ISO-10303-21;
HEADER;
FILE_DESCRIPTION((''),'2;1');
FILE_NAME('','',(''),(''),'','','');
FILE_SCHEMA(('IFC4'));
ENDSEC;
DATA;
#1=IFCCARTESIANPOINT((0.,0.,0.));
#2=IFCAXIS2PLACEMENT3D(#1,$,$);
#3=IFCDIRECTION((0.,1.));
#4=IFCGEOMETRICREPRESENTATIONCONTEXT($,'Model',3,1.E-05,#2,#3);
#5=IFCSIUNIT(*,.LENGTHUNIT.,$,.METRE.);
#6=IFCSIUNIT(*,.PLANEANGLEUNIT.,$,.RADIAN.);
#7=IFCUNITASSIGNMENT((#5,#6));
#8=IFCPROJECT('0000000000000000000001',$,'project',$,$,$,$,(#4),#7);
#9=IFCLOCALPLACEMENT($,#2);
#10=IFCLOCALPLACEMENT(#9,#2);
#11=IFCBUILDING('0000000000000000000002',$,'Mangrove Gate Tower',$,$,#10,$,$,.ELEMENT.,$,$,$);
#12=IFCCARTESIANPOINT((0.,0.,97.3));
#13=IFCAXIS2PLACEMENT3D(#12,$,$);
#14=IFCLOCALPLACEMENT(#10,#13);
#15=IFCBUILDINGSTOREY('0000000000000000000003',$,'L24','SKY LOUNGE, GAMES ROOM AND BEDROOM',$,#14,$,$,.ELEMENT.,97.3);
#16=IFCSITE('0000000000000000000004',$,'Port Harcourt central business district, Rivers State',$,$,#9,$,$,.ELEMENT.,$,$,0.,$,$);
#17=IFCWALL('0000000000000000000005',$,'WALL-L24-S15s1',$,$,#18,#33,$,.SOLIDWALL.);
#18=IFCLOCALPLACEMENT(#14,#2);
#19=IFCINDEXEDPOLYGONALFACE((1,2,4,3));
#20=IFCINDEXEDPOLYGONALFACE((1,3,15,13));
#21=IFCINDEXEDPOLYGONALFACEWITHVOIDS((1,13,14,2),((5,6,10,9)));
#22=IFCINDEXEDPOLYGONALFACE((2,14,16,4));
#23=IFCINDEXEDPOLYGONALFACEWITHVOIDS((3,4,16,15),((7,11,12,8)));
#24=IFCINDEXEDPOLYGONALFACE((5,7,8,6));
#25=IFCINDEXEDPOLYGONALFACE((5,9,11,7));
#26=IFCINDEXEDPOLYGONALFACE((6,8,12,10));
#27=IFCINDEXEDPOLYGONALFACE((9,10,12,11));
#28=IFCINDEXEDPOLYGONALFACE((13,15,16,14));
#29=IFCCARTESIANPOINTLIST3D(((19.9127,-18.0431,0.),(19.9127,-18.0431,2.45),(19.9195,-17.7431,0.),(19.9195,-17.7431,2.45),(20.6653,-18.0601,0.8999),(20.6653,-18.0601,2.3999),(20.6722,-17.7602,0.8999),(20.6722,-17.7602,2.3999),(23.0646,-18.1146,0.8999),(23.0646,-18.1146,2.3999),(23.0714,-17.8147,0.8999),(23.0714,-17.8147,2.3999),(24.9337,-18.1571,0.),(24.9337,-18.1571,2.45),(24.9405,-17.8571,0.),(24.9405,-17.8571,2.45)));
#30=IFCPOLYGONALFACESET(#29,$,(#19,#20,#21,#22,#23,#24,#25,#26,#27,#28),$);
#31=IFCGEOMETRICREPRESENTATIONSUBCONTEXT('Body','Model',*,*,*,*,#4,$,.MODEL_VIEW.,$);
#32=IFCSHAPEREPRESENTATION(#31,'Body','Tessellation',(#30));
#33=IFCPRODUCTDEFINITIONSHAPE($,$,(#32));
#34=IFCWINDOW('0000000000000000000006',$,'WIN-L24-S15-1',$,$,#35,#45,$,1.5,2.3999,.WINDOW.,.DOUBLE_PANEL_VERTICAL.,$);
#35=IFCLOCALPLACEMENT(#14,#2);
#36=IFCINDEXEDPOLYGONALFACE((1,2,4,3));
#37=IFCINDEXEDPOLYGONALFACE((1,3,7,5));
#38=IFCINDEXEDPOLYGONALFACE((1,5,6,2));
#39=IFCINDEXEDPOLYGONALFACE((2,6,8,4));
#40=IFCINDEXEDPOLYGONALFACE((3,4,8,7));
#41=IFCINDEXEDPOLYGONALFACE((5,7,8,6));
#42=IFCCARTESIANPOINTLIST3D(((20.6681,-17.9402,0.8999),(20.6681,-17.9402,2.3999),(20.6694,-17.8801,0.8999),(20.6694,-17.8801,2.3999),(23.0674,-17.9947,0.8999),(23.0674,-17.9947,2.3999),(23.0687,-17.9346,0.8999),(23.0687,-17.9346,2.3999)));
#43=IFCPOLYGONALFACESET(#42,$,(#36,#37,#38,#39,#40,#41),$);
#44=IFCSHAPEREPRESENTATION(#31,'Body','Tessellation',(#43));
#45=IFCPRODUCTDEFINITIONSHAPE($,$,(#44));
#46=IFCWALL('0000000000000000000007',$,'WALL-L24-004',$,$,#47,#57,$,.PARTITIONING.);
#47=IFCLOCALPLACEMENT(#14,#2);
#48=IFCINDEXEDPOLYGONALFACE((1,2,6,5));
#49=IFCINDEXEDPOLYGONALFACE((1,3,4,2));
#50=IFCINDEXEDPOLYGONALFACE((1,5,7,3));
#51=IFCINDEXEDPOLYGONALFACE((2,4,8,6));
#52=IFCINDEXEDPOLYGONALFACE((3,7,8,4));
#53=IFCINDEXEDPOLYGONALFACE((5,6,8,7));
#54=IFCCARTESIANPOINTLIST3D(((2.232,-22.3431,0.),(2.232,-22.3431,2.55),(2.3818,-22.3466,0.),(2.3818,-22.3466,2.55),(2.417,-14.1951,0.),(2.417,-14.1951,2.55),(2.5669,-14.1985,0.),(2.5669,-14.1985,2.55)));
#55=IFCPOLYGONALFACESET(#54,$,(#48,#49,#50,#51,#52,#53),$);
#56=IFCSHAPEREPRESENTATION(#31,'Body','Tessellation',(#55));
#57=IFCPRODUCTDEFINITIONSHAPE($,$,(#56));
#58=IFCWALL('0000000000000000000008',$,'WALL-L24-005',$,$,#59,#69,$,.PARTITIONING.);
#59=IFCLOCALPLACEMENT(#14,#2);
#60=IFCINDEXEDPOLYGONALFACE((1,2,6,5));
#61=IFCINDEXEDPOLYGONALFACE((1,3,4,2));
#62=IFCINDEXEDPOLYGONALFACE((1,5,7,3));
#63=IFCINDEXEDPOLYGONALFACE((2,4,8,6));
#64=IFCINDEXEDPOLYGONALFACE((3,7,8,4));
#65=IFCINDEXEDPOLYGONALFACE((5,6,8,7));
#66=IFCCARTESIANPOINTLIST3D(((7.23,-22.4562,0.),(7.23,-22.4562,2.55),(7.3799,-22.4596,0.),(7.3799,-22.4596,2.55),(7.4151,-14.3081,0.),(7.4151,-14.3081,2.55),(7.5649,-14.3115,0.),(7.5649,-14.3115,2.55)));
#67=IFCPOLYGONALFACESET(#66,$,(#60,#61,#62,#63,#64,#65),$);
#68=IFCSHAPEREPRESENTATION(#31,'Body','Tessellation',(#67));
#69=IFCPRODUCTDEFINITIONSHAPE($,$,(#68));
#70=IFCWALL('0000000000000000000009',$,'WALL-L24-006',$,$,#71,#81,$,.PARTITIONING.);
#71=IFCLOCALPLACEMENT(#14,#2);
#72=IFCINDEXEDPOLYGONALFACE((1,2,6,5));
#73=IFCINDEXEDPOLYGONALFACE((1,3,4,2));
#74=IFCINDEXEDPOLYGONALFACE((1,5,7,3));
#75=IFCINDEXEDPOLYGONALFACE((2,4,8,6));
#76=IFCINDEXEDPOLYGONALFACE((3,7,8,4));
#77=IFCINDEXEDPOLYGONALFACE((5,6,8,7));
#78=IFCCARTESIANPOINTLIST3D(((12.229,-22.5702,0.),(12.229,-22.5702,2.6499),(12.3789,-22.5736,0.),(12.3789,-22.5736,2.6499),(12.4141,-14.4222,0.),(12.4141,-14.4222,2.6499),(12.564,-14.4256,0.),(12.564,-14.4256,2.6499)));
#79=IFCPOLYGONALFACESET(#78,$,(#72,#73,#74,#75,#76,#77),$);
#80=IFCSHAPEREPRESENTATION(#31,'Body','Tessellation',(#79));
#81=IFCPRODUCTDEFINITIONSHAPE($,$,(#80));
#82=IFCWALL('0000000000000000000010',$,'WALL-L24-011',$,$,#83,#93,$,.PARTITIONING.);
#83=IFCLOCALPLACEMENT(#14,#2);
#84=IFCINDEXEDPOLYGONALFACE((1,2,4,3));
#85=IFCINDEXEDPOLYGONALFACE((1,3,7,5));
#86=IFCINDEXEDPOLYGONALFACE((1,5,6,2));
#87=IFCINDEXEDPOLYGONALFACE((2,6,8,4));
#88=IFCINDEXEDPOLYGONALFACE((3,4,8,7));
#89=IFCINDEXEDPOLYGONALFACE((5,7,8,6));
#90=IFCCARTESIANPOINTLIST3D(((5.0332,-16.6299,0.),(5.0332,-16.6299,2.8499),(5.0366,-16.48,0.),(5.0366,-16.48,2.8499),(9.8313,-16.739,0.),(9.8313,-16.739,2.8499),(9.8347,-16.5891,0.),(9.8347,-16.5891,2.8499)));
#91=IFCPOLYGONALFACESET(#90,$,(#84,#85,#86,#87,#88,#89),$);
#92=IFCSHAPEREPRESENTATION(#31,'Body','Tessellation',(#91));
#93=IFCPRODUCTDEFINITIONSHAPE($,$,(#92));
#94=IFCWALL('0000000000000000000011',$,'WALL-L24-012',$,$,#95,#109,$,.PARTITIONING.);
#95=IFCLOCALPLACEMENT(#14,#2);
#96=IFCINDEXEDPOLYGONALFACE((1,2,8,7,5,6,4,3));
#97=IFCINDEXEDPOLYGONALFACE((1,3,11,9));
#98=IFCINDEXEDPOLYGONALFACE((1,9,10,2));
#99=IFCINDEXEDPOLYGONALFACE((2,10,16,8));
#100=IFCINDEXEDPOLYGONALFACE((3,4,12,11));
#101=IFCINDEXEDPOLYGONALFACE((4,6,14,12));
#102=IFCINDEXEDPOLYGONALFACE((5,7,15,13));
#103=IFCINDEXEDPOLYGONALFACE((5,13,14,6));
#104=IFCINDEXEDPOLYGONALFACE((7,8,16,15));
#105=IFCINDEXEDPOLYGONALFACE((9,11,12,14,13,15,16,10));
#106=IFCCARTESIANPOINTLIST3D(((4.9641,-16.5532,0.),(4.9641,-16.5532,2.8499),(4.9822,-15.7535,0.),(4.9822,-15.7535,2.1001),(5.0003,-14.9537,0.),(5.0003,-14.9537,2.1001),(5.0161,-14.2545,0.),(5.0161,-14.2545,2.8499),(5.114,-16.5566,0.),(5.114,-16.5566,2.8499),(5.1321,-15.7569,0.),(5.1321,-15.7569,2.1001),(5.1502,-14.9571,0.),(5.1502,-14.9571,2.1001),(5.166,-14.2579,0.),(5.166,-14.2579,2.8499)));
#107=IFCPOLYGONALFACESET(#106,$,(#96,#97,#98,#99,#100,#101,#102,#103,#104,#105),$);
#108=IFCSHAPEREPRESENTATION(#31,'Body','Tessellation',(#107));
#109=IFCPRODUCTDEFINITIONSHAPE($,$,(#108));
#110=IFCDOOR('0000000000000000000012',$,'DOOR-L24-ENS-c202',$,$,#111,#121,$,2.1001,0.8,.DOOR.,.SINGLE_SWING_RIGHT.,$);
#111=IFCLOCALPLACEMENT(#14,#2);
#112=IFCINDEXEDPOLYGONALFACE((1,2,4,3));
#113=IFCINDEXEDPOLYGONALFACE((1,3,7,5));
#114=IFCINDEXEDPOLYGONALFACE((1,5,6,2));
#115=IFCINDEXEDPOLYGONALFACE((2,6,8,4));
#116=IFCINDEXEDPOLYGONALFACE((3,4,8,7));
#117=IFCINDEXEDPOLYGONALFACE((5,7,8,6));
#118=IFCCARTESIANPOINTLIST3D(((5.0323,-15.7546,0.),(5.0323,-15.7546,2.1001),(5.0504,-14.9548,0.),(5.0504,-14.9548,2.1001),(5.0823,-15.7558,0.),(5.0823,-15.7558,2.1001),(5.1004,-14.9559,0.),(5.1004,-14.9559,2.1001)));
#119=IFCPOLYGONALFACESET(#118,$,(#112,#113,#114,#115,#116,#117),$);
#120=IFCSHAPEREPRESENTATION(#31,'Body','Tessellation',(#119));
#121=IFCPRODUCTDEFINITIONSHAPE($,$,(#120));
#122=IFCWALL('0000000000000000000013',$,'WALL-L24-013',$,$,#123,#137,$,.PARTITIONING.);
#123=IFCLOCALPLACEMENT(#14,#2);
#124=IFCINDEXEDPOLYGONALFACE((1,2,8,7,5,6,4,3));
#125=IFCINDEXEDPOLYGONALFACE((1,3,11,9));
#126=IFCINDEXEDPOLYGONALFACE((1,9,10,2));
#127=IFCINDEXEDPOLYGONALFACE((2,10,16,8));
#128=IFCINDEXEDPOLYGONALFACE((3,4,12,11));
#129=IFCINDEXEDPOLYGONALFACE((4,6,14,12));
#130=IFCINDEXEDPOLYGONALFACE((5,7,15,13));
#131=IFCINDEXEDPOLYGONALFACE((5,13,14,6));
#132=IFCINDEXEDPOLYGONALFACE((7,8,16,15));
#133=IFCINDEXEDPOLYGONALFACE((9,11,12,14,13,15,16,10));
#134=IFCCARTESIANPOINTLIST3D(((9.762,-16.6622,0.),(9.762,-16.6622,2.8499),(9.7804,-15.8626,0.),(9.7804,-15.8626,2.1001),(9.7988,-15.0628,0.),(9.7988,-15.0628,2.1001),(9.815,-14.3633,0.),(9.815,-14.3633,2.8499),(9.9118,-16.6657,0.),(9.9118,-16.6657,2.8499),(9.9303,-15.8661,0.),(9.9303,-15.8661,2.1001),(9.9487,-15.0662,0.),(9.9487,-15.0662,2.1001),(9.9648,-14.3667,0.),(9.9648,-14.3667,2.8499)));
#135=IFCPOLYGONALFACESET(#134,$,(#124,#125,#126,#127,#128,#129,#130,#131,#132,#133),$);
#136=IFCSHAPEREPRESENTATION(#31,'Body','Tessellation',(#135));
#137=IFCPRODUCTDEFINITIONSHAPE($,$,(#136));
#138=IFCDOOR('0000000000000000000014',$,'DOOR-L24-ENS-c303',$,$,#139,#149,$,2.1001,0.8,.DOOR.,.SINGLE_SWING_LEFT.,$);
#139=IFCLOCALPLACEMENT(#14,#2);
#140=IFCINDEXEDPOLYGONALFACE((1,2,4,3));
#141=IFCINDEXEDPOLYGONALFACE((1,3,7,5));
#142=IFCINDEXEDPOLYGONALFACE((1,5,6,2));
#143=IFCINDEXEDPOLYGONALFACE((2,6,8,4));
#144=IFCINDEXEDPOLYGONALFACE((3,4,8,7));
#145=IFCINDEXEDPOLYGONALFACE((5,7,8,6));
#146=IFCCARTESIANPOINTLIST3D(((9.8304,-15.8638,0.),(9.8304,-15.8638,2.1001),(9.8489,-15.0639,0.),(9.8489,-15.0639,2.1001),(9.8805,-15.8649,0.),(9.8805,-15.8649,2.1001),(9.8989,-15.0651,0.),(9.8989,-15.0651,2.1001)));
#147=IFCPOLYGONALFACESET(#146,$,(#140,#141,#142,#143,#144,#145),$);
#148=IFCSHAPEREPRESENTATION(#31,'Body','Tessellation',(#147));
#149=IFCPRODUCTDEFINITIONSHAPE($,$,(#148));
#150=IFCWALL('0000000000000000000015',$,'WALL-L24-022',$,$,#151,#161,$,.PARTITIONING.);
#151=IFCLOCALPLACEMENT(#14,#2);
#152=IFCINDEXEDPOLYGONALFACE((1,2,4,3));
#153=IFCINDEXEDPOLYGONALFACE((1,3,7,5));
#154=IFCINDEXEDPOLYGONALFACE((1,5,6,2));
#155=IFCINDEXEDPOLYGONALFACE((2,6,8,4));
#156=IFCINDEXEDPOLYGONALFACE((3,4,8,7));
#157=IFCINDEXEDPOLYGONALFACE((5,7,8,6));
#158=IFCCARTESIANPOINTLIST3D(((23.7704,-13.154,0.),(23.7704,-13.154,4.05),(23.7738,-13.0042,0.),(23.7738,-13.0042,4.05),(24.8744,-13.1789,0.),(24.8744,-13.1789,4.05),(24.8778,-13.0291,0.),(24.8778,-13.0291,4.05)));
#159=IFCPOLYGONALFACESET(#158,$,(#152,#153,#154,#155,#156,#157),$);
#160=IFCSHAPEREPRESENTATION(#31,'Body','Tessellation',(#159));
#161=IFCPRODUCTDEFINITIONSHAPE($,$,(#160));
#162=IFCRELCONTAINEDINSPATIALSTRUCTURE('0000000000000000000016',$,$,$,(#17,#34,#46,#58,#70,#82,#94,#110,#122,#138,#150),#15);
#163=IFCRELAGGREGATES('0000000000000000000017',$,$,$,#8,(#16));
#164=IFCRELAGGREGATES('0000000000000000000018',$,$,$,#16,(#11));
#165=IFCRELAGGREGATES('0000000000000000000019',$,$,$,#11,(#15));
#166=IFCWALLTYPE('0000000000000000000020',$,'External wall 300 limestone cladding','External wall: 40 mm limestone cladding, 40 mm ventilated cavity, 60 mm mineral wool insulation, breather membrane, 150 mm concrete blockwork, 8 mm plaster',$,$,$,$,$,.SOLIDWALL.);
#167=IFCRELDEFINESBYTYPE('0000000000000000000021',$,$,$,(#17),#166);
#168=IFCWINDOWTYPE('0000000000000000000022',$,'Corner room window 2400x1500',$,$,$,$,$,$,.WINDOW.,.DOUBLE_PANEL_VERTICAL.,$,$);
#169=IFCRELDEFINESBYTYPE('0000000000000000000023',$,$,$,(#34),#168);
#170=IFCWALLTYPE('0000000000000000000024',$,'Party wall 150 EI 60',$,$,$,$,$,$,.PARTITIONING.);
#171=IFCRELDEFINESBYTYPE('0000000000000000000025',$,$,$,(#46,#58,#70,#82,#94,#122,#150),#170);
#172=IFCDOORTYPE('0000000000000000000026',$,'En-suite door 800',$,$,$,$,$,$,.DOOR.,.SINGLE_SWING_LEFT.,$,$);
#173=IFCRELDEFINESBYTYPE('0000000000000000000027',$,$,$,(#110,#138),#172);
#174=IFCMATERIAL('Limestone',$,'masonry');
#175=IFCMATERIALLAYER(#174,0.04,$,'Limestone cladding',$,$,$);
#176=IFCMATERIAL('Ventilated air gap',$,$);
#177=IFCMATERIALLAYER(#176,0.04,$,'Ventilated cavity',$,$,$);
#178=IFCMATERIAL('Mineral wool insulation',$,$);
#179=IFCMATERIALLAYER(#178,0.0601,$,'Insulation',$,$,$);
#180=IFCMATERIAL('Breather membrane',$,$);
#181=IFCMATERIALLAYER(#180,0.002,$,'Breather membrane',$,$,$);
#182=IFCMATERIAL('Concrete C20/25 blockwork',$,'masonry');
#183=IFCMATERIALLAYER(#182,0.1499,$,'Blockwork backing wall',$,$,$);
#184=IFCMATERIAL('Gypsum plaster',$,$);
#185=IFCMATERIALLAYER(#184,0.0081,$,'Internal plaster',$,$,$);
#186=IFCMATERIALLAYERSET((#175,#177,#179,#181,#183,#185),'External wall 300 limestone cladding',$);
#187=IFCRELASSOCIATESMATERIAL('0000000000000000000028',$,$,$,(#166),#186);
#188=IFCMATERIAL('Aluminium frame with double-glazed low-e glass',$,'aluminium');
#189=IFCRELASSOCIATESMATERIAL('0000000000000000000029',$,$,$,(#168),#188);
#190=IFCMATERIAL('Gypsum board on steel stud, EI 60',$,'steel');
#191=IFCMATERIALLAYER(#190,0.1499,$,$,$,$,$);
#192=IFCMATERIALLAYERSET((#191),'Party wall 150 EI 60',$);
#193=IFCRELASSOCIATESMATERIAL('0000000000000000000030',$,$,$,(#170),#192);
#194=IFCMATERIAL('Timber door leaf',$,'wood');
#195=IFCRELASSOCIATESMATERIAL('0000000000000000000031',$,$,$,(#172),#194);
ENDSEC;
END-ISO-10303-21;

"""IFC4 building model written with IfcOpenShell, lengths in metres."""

from ifc_helpers import new_model, si_unit, direction, frame, frame_2d, origin, place, context, subcontext, project, spatial, rectangle, extrude, material, layer, layer_set, type_object, element, fill, save


model = new_model("IFC4")

# Units and contexts
model_context = context("Model", 3, precision=1e-05, world=origin(), true_north=direction((0.0, 1.0)))
body_context = subcontext(model_context, "Body", "Model", "MODEL_VIEW")
ifc_project = project(units=[si_unit("LENGTHUNIT", "METRE"), si_unit("PLANEANGLEUNIT", "RADIAN")], contexts=[model_context])

# Site, building, storey
site_placement = place(None, origin())
site = spatial("IfcSite", under=ifc_project, at=site_placement, Name="Port Harcourt central business district, Rivers State", CompositionType="ELEMENT", RefElevation=0.0)
building_placement = place(site_placement, origin())
building = spatial("IfcBuilding", under=site, at=building_placement, Name="Mangrove Gate Tower", CompositionType="ELEMENT")
storey_placement = place(building_placement, frame((0.0, 0.0, 97.3)))
storey = spatial("IfcBuildingStorey", under=building, at=storey_placement, Name="L24", Description="SKY LOUNGE, GAMES ROOM AND BEDROOM", CompositionType="ELEMENT", Elevation=97.3)

# Shared definitions
ifc_material_1 = material(Name="Limestone", Category="masonry")
ifc_layer_1 = layer(ifc_material_1, 0.04, Name="Limestone cladding")
ifc_material_2 = material(Name="Ventilated air gap")
ifc_layer_2 = layer(ifc_material_2, 0.04, Name="Ventilated cavity")
ifc_material_3 = material(Name="Mineral wool insulation")
ifc_layer_3 = layer(ifc_material_3, 0.0601, Name="Insulation")
ifc_material_4 = material(Name="Breather membrane")
ifc_layer_4 = layer(ifc_material_4, 0.002, Name="Breather membrane")
ifc_material_5 = material(Name="Concrete C20/25 blockwork", Category="masonry")
ifc_layer_5 = layer(ifc_material_5, 0.1499, Name="Blockwork backing wall")
ifc_material_6 = material(Name="Gypsum plaster")
ifc_layer_6 = layer(ifc_material_6, 0.0081, Name="Internal plaster")
ifc_layer_set_1 = layer_set([ifc_layer_1, ifc_layer_2, ifc_layer_3, ifc_layer_4, ifc_layer_5, ifc_layer_6], Name="External wall 300 limestone cladding")
wall_type_1 = type_object("IfcWallType", Name="External wall 300 limestone cladding", Description="External wall: 40 mm limestone cladding, 40 mm ventilated cavity, 60 mm mineral wool insulation, breather membrane, 150 mm concrete blockwork, 8 mm plaster", PredefinedType="SOLIDWALL", material=ifc_layer_set_1)

# Wall, opening, window
wall_1_placement = place(storey_placement, frame((19.916, -17.8931, 0.0), z_axis=(0.0, 0.0, 1.0), x_axis=(0.999742, -0.022702, 0.0)))
wall_1 = element("IfcWall", 1, at=wall_1_placement, inside=storey, type_object=wall_type_1, Name="WALL-L24-S15s1", PredefinedType="SOLIDWALL", context=body_context, shape_type="SweptSolid", body=[
    extrude(rectangle(XDim=5.0222, YDim=0.3, at=frame_2d((2.5112, 0.0))), origin(), (0.0, 0.0, 1.0), 2.45),
])
opening_1_placement = place(wall_1_placement, frame((0.7529, 0.0, 0.8999)))
opening_1 = element("IfcOpeningElement", 2, at=opening_1_placement, cuts=wall_1, PredefinedType="OPENING", context=body_context, shape_type="SweptSolid", body=[
    extrude(rectangle(XDim=2.3999, YDim=1.5, at=frame_2d((1.2, 0.75))), frame((0.0, 0.1599, 0.0), z_axis=(0.0, -1.0, 0.0), x_axis=(1.0, 0.0, 0.0)), (0.0, 0.0, 1.0), 0.3201),
])
ifc_material_7 = material(Name="Aluminium frame with double-glazed low-e glass", Category="aluminium")
window_type = type_object("IfcWindowType", Name="Corner room window 2400x1500", PartitioningType="DOUBLE_PANEL_VERTICAL", PredefinedType="WINDOW", material=ifc_material_7)
window_placement = place(opening_1_placement, origin())
window = element("IfcWindow", 3, at=window_placement, inside=storey, type_object=window_type, Name="WIN-L24-S15-1", OverallHeight=1.5, OverallWidth=2.3999, PartitioningType="DOUBLE_PANEL_VERTICAL", PredefinedType="WINDOW", context=body_context, shape_type="SweptSolid", body=[
    extrude(rectangle(XDim=2.3999, YDim=1.5, at=frame_2d((1.2, 0.75))), frame((0.0, 0.03, 0.0), z_axis=(0.0, -1.0, 0.0), x_axis=(1.0, 0.0, 0.0)), (0.0, 0.0, 1.0), 0.0601),
])
fill(opening_1, window)

# Walls
ifc_material_8 = material(Name="Gypsum board on steel stud, EI 60", Category="steel")
ifc_layer_7 = layer(ifc_material_8, 0.1499)
ifc_layer_set_2 = layer_set([ifc_layer_7], Name="Party wall 150 EI 60")
wall_type_2 = type_object("IfcWallType", Name="Party wall 150 EI 60", PredefinedType="PARTITIONING", material=ifc_layer_set_2)
for number, where, z_axis, x_axis, name in (
    (4, (2.3069, -22.345, 0.0), (0.0, 0.0, 1.0), (0.022706, 0.999742, 0.0), "WALL-L24-004"),
    (5, (7.3049, -22.458, 0.0), (0.0, 0.0, 1.0), (0.022706, 0.999742, 0.0), "WALL-L24-005"),
):
    element("IfcWall", number, at=place(storey_placement, frame(where, z_axis=z_axis, x_axis=x_axis)), inside=storey, type_object=wall_type_2, Name=name, PredefinedType="PARTITIONING", context=body_context, shape_type="SweptSolid", body=[
        extrude(rectangle(XDim=8.1501, YDim=0.1499, at=frame_2d((4.0752, 0.0))), origin(), (0.0, 0.0, 1.0), 2.55),
    ])
wall_2_placement = place(storey_placement, frame((12.304, -22.572, 0.0), z_axis=(0.0, 0.0, 1.0), x_axis=(0.022706, 0.999742, 0.0)))
element("IfcWall", 6, at=wall_2_placement, inside=storey, type_object=wall_type_2, Name="WALL-L24-006", PredefinedType="PARTITIONING", context=body_context, shape_type="SweptSolid", body=[
    extrude(rectangle(XDim=8.1501, YDim=0.1499, at=frame_2d((4.0752, 0.0))), origin(), (0.0, 0.0, 1.0), 2.6499),
])
wall_3_placement = place(storey_placement, frame((5.0349, -16.5549, 0.0), z_axis=(0.0, 0.0, 1.0), x_axis=(0.999741, -0.022739, 0.0)))
element("IfcWall", 7, at=wall_3_placement, inside=storey, type_object=wall_type_2, Name="WALL-L24-011", PredefinedType="PARTITIONING", context=body_context, shape_type="SweptSolid", body=[
    extrude(rectangle(XDim=4.7993, YDim=0.1499, at=frame_2d((2.3997, 0.0))), origin(), (0.0, 0.0, 1.0), 2.8499),
])

# Walls, openings, doors
wall_4_placement = place(storey_placement, frame((5.0391, -16.5549, 0.0), z_axis=(0.0, 0.0, 1.0), x_axis=(0.022615, 0.999744, 0.0)))
wall_4 = element("IfcWall", 8, at=wall_4_placement, inside=storey, type_object=wall_type_2, Name="WALL-L24-012", PredefinedType="PARTITIONING", context=body_context, shape_type="SweptSolid", body=[
    extrude(rectangle(XDim=2.2993, YDim=0.1499, at=frame_2d((1.1497, 0.0))), origin(), (0.0, 0.0, 1.0), 2.8499),
])
opening_2_placement = place(wall_4_placement, frame((0.8, 0.0, 0.0)))
opening_2 = element("IfcOpeningElement", 9, at=opening_2_placement, cuts=wall_4, PredefinedType="OPENING", context=body_context, shape_type="SweptSolid", body=[
    extrude(rectangle(XDim=0.8, YDim=2.1001, at=frame_2d((0.3999, 1.05))), frame((0.0, 0.085, 0.0), z_axis=(0.0, -1.0, 0.0), x_axis=(1.0, 0.0, 0.0)), (0.0, 0.0, 1.0), 0.1699),
])
ifc_material_9 = material(Name="Timber door leaf", Category="wood")
door_type_1 = type_object("IfcDoorType", Name="En-suite door 800", OperationType="SINGLE_SWING_LEFT", PredefinedType="DOOR", material=ifc_material_9)
door_1_placement = place(opening_2_placement, origin())
door_1 = element("IfcDoor", 10, at=door_1_placement, inside=storey, type_object=door_type_1, Name="DOOR-L24-ENS-c202", OperationType="SINGLE_SWING_RIGHT", OverallHeight=2.1001, OverallWidth=0.8, PredefinedType="DOOR", context=body_context, shape_type="SweptSolid", body=[
    extrude(rectangle(XDim=0.8, YDim=2.1001, at=frame_2d((0.3999, 1.05))), frame((0.0, 0.0249, 0.0), z_axis=(0.0, -1.0, 0.0), x_axis=(1.0, 0.0, 0.0)), (0.0, 0.0, 1.0), 0.05),
])
fill(opening_2, door_1)
wall_5_placement = place(storey_placement, frame((9.8369, -16.6641, 0.0), z_axis=(0.0, 0.0, 1.0), x_axis=(0.023037, 0.999735, 0.0)))
wall_5 = element("IfcWall", 11, at=wall_5_placement, inside=storey, type_object=wall_type_2, Name="WALL-L24-013", PredefinedType="PARTITIONING", context=body_context, shape_type="SweptSolid", body=[
    extrude(rectangle(XDim=2.2996, YDim=0.1499, at=frame_2d((1.1499, 0.0))), origin(), (0.0, 0.0, 1.0), 2.8499),
])
opening_3_placement = place(wall_5_placement, frame((0.8, 0.0, 0.0)))
opening_3 = element("IfcOpeningElement", 12, at=opening_3_placement, cuts=wall_5, PredefinedType="OPENING", context=body_context, shape_type="SweptSolid", body=[
    extrude(rectangle(XDim=0.8, YDim=2.1001, at=frame_2d((0.3999, 1.05))), frame((0.0, 0.085, 0.0), z_axis=(0.0, -1.0, 0.0), x_axis=(1.0, 0.0, 0.0)), (0.0, 0.0, 1.0), 0.1699),
])
door_2_placement = place(opening_3_placement, origin())
door_2 = element("IfcDoor", 13, at=door_2_placement, inside=storey, type_object=door_type_1, Name="DOOR-L24-ENS-c303", OperationType="SINGLE_SWING_LEFT", OverallHeight=2.1001, OverallWidth=0.8, PredefinedType="DOOR", context=body_context, shape_type="SweptSolid", body=[
    extrude(rectangle(XDim=0.8, YDim=2.1001, at=frame_2d((0.3999, 1.05))), frame((0.0, 0.0249, 0.0), z_axis=(0.0, -1.0, 0.0), x_axis=(1.0, 0.0, 0.0)), (0.0, 0.0, 1.0), 0.05),
])
fill(opening_3, door_2)

# Wall
wall_6_placement = place(storey_placement, frame((23.772, -13.0791, 0.0), z_axis=(0.0, 0.0, 1.0), x_axis=(0.999746, -0.022551, 0.0)))
element("IfcWall", 14, at=wall_6_placement, inside=storey, type_object=wall_type_2, Name="WALL-L24-022", PredefinedType="PARTITIONING", context=body_context, shape_type="SweptSolid", body=[
    extrude(rectangle(XDim=1.1042, YDim=0.1499, at=frame_2d((0.5522, 0.0))), origin(), (0.0, 0.0, 1.0), 4.05),
])

save(model, "model.ifc")
